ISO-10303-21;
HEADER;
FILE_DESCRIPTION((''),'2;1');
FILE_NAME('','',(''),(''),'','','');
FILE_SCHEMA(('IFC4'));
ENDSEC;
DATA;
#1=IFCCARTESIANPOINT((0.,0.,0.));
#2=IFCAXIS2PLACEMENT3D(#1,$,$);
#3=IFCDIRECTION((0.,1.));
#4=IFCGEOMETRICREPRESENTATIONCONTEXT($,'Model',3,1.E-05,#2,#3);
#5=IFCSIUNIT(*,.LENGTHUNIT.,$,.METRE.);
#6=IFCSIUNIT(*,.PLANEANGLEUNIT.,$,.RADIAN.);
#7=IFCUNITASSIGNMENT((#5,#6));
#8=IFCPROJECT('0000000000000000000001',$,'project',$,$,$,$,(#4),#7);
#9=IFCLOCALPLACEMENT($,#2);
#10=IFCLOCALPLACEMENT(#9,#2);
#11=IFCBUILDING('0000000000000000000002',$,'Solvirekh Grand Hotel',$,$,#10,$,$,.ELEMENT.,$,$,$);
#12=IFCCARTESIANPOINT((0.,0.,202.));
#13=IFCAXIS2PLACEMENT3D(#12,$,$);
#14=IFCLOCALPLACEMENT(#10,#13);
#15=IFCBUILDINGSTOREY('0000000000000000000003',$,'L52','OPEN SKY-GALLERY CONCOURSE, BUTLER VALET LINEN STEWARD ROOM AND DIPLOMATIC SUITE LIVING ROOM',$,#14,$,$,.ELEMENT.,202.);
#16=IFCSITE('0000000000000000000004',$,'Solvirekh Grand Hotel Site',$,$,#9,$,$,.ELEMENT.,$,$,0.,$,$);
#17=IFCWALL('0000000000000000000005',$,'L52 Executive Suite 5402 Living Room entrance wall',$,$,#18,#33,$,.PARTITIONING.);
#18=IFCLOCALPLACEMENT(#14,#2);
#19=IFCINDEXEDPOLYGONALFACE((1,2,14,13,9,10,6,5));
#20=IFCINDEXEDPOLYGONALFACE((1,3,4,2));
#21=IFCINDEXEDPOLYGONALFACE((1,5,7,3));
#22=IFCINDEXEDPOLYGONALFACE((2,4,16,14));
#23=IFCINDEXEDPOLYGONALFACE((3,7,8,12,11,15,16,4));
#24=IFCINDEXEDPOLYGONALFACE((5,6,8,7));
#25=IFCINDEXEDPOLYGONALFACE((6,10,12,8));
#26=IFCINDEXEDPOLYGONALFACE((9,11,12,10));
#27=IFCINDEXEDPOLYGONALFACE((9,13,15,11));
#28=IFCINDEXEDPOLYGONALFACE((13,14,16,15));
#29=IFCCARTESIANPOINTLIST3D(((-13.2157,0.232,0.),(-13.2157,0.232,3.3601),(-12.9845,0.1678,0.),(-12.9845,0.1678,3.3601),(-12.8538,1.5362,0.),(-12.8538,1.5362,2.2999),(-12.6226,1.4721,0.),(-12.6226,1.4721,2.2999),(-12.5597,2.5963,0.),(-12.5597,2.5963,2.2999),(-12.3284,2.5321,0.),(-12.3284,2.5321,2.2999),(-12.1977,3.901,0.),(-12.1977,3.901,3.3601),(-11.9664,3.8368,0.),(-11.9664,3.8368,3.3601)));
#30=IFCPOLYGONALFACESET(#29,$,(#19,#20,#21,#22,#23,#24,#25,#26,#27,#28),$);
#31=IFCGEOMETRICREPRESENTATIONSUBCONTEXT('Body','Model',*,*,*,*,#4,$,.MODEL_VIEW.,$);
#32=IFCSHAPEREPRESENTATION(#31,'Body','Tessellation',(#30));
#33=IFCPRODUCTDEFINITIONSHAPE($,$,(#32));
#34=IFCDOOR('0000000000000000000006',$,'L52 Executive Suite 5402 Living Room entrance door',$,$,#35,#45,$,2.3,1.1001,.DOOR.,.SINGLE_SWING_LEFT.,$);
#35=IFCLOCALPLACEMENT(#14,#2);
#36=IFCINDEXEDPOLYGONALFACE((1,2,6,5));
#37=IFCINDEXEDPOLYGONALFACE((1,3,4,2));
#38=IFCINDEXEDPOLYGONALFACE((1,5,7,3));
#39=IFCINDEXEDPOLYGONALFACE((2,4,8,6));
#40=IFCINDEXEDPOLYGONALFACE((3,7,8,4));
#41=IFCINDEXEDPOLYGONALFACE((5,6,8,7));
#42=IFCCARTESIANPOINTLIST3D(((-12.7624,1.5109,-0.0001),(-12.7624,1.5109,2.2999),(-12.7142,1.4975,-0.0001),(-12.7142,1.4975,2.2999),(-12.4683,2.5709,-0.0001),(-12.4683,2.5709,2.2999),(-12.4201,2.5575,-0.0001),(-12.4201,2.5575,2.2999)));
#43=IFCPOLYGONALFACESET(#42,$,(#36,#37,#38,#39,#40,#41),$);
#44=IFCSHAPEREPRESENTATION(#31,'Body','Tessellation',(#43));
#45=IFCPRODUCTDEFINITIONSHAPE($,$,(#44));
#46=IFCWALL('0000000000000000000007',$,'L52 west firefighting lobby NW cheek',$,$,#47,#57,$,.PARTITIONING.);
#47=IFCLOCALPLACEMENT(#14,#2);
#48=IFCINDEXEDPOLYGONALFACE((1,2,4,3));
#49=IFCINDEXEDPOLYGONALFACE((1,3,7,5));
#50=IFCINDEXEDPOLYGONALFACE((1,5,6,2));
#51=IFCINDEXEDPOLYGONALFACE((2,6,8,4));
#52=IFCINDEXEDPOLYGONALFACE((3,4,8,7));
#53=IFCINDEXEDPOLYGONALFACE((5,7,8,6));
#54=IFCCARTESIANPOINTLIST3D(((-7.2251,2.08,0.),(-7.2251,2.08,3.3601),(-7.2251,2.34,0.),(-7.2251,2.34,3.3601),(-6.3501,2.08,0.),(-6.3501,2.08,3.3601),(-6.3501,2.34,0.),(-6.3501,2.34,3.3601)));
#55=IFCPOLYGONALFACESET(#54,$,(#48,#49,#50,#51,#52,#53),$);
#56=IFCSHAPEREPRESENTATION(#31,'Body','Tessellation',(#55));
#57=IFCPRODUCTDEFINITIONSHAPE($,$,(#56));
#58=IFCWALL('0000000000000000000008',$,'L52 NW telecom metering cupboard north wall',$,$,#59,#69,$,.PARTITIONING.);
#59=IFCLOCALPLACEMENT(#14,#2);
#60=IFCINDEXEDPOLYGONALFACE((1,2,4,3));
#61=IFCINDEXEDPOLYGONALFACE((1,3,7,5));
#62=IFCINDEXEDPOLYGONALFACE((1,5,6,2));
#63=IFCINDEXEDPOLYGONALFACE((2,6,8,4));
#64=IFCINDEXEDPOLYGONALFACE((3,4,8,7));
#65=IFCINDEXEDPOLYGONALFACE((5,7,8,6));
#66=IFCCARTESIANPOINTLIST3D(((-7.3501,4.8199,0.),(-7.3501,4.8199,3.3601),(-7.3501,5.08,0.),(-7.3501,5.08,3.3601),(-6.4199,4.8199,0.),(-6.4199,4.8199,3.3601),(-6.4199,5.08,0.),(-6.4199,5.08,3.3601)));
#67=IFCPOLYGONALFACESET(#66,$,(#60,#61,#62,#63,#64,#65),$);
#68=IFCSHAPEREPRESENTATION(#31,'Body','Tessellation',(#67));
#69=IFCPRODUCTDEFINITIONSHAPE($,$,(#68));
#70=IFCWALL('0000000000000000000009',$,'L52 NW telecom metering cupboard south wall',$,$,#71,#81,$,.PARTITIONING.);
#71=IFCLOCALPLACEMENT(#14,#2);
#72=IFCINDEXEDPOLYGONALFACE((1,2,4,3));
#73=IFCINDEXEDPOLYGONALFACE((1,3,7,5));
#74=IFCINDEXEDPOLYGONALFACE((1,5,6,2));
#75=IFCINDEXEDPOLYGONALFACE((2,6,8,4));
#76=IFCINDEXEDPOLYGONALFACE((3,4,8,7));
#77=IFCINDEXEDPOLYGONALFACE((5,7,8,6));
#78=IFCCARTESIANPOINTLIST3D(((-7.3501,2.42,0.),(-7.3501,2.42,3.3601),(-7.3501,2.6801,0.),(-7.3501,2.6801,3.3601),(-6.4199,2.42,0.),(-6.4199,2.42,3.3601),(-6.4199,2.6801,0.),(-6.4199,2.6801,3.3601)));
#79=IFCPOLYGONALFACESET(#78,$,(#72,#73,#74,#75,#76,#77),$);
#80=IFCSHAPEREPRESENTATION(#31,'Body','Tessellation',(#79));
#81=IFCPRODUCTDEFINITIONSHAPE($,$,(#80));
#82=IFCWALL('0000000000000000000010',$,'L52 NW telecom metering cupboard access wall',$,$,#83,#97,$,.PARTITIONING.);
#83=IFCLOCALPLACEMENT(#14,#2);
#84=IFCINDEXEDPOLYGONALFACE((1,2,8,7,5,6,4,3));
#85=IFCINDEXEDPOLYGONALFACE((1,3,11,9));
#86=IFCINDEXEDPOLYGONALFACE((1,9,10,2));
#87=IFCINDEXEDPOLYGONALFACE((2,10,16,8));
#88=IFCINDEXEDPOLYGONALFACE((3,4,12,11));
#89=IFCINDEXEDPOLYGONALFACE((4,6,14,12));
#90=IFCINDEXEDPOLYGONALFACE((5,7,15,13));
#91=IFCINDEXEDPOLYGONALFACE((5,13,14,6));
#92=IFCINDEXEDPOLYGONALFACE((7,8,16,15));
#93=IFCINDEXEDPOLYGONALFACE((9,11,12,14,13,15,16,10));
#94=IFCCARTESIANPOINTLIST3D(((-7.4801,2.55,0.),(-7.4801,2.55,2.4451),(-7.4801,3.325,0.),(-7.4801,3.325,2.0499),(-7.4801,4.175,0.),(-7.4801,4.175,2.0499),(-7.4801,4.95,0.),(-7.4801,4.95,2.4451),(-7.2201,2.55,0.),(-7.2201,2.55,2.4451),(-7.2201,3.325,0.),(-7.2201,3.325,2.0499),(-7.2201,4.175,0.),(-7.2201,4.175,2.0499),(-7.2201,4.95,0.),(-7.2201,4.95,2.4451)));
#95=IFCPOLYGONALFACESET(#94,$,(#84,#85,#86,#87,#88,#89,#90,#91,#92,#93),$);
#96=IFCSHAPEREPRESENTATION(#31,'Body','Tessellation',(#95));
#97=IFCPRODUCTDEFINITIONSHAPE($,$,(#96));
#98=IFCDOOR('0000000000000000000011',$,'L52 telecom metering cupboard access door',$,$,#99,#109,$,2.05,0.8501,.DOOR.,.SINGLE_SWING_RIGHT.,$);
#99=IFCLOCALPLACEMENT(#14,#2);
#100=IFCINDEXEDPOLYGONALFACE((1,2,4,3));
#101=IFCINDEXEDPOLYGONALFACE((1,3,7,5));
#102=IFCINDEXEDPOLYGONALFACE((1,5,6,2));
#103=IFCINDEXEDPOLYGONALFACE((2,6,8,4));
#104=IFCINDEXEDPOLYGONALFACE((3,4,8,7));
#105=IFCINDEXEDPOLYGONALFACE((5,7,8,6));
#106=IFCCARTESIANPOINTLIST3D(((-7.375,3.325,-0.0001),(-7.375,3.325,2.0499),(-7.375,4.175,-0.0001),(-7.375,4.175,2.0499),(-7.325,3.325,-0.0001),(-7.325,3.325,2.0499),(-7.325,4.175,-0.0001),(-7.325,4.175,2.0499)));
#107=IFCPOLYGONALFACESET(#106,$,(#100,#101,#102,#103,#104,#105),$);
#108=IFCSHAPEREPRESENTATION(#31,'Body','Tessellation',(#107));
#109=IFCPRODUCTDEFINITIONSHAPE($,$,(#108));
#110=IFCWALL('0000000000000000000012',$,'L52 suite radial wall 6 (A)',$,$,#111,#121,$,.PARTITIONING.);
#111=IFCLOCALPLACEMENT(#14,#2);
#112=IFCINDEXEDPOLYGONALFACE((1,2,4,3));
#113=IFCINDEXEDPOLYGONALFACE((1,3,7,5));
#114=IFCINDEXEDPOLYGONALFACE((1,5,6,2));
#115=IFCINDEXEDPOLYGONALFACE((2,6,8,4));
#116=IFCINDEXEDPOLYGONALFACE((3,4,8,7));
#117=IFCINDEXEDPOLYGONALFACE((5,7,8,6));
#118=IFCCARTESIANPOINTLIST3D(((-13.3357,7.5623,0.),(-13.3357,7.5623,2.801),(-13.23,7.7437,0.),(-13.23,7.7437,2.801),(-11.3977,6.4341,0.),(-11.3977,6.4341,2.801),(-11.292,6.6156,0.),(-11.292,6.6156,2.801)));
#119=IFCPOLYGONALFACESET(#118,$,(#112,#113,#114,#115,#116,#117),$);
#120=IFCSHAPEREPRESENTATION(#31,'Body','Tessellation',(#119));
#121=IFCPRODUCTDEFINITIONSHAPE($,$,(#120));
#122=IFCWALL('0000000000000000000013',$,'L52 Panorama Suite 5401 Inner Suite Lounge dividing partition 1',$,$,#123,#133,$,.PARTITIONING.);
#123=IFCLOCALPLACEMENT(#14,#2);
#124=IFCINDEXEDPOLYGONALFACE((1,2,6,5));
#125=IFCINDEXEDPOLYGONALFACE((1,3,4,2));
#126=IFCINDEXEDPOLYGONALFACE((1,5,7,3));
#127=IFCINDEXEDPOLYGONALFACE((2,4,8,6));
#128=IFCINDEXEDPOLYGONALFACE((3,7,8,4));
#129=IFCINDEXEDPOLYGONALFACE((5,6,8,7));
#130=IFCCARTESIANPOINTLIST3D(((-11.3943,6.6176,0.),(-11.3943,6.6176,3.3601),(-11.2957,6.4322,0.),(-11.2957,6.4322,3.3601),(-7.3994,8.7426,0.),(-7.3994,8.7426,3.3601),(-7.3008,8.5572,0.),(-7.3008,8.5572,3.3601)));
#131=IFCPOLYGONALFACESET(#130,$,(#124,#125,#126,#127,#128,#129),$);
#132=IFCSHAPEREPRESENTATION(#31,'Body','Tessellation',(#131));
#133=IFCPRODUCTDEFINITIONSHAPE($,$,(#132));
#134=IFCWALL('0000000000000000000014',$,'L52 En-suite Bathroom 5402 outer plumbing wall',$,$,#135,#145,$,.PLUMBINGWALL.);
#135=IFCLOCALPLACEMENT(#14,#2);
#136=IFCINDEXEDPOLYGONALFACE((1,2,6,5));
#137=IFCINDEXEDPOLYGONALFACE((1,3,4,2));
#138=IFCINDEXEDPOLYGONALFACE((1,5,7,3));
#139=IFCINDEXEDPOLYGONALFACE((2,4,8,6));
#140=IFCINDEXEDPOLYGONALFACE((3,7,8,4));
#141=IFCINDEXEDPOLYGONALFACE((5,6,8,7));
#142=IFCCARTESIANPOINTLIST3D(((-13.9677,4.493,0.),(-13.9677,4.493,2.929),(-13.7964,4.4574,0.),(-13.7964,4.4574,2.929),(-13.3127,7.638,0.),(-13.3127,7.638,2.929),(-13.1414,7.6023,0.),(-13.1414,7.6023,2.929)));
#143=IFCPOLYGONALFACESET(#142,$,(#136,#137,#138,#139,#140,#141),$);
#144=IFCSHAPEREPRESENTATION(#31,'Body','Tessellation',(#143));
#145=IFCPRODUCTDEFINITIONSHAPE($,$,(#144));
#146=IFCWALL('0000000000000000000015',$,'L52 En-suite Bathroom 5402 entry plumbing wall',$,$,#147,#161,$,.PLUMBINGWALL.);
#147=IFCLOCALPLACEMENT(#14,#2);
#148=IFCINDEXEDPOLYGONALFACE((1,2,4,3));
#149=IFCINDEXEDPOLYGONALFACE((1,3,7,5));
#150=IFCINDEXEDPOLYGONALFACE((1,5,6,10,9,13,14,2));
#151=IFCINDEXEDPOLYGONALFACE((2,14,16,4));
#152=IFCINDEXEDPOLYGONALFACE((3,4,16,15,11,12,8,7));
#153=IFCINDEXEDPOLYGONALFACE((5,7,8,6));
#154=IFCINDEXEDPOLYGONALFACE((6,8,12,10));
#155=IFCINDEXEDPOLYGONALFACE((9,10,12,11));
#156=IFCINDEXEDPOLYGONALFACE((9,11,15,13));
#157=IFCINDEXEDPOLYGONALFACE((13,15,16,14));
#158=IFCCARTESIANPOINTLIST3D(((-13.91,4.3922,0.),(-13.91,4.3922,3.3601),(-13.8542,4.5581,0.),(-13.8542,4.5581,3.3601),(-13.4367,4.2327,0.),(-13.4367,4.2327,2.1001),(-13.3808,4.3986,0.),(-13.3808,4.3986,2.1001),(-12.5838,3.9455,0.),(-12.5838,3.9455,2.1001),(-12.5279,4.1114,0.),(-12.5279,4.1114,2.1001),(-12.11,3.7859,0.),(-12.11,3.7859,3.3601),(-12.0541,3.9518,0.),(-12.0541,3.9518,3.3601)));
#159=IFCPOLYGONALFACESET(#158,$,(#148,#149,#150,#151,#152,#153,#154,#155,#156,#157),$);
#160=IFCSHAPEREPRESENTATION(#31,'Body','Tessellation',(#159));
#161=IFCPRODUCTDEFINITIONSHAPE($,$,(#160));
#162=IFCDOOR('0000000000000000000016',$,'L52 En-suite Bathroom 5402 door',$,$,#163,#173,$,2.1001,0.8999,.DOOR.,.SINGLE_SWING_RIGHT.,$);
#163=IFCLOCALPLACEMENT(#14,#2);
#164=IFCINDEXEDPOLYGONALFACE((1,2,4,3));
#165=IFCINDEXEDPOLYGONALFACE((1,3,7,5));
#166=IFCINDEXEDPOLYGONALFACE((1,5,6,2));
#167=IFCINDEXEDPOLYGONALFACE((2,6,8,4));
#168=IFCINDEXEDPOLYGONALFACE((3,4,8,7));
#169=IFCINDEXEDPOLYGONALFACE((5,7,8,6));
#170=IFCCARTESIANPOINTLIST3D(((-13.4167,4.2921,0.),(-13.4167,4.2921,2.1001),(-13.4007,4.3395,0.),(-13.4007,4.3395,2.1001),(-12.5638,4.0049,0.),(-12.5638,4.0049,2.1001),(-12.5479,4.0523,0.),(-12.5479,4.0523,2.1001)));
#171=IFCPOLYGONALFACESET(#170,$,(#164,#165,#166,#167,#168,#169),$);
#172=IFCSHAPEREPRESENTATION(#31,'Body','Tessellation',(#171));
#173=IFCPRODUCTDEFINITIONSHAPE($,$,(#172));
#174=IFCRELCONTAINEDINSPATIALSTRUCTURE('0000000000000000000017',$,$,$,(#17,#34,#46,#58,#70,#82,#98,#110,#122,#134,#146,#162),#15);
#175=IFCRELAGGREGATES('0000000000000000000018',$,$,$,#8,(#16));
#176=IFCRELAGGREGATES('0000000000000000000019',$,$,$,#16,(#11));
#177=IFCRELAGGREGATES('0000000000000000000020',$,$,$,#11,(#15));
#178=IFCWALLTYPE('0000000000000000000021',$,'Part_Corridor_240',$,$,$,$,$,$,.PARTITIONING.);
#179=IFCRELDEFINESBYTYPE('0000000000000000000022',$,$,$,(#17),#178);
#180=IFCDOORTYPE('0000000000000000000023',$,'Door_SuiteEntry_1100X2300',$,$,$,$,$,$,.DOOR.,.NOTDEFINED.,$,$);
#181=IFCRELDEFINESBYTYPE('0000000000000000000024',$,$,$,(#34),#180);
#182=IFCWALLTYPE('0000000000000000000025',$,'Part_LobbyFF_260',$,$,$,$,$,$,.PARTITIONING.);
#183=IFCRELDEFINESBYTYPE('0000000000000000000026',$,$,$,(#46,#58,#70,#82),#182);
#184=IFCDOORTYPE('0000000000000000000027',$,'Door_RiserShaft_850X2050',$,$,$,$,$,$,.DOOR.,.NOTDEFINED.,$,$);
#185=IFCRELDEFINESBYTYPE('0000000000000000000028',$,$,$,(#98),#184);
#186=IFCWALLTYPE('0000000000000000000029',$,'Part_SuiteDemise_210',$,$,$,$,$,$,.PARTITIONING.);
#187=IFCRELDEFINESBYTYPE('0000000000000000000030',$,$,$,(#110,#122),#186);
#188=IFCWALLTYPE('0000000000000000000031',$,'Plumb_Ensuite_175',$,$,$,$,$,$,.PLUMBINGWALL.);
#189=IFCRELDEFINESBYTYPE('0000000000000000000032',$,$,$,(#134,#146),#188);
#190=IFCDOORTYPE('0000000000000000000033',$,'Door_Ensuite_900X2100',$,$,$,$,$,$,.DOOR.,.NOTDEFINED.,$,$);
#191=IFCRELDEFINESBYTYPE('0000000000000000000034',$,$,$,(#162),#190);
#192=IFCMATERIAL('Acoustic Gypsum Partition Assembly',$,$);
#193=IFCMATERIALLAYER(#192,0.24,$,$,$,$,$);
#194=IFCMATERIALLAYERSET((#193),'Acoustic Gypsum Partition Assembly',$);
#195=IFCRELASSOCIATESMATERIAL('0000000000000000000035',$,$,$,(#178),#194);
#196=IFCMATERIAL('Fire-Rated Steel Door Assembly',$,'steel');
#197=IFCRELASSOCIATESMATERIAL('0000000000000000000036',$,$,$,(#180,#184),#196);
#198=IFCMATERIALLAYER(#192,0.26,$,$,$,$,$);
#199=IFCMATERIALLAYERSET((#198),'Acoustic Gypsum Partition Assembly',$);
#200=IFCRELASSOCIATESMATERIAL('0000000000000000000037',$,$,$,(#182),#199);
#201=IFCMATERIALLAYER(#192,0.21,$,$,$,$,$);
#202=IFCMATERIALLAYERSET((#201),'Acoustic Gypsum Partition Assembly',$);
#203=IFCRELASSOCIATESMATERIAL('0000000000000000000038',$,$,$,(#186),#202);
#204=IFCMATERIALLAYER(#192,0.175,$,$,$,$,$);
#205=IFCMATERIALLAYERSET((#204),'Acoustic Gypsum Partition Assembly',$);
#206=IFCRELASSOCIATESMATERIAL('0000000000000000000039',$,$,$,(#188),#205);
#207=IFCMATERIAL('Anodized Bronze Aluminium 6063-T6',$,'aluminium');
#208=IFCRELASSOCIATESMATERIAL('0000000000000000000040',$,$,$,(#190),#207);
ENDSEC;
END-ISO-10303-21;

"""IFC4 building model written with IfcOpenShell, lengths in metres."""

from ifc_helpers import new_model, si_unit, direction, frame, frame_2d, origin, place, context, subcontext, project, spatial, rectangle, extrude, material, layer, layer_set, type_object, element, fill, save


model = new_model("IFC4")

# Units and contexts
model_context = context("Model", 3, precision=1e-05, world=origin(), true_north=direction((0.0, 1.0)))
body_context = subcontext(model_context, "Body", "Model", "MODEL_VIEW")
ifc_project = project(units=[si_unit("LENGTHUNIT", "METRE"), si_unit("PLANEANGLEUNIT", "RADIAN")], contexts=[model_context])

# Site, building, storey
site_placement = place(None, origin())
site = spatial("IfcSite", under=ifc_project, at=site_placement, Name="Solvirekh Grand Hotel Site", CompositionType="ELEMENT", RefElevation=0.0)
building_placement = place(site_placement, origin())
building = spatial("IfcBuilding", under=site, at=building_placement, Name="Solvirekh Grand Hotel", CompositionType="ELEMENT")
storey_placement = place(building_placement, frame((0.0, 0.0, 202.0)))
storey = spatial("IfcBuildingStorey", under=building, at=storey_placement, Name="L52", Description="OPEN SKY-GALLERY CONCOURSE, BUTLER VALET LINEN STEWARD ROOM AND DIPLOMATIC SUITE LIVING ROOM", CompositionType="ELEMENT", Elevation=202.0)

# Shared definitions
ifc_material_1 = material(Name="Anodized Bronze Aluminium 6063-T6", Category="aluminium")

# Shared definitions
ifc_material_2 = material(Name="Fire-Rated Steel Door Assembly", Category="steel")

# Shared definitions
ifc_material_3 = material(Name="Acoustic Gypsum Partition Assembly")
ifc_layer_1 = layer(ifc_material_3, 0.24)
ifc_layer_set_1 = layer_set([ifc_layer_1], Name="Acoustic Gypsum Partition Assembly")
wall_type_1 = type_object("IfcWallType", Name="Part_Corridor_240", PredefinedType="PARTITIONING", material=ifc_layer_set_1)

# Wall, opening, door
wall_1_placement = place(storey_placement, frame((-12.082, 3.8689, 0.0), z_axis=(0.0, 0.0, 1.0), x_axis=(-0.267379, -0.963591, 0.0)))
wall_1 = element("IfcWall", 1, at=wall_1_placement, inside=storey, type_object=wall_type_1, Name="L52 Executive Suite 5402 Living Room entrance wall", PredefinedType="PARTITIONING", context=body_context, shape_type="SweptSolid", body=[
    extrude(rectangle(XDim=3.8076, YDim=0.24, at=frame_2d((1.9038, 0.0))), origin(), (0.0, 0.0, 1.0), 3.3601),
])
opening_1_placement = place(wall_1_placement, frame((1.354, 0.0, 0.0)))
opening_1 = element("IfcOpeningElement", 2, at=opening_1_placement, cuts=wall_1, PredefinedType="OPENING", context=body_context, shape_type="SweptSolid", body=[
    extrude(rectangle(XDim=1.1001, YDim=2.3, at=frame_2d((0.55, 1.1499))), frame((0.0, 0.1299, 0.0), z_axis=(0.0, -1.0, 0.0), x_axis=(1.0, 0.0, 0.0)), (0.0, 0.0, 1.0), 0.26),
])
door_type_1 = type_object("IfcDoorType", Name="Door_SuiteEntry_1100X2300", OperationType="NOTDEFINED", PredefinedType="DOOR", material=ifc_material_2)
door_1_placement = place(opening_1_placement, origin())
door_1 = element("IfcDoor", 3, at=door_1_placement, inside=storey, type_object=door_type_1, Name="L52 Executive Suite 5402 Living Room entrance door", OperationType="SINGLE_SWING_LEFT", OverallHeight=2.3, OverallWidth=1.1001, PredefinedType="DOOR", context=body_context, shape_type="SweptSolid", body=[
    extrude(rectangle(XDim=1.1001, YDim=2.3, at=frame_2d((0.55, 1.1499))), frame((0.0, 0.0249, 0.0), z_axis=(0.0, -1.0, 0.0), x_axis=(1.0, 0.0, 0.0)), (0.0, 0.0, 1.0), 0.05),
])
fill(opening_1, door_1)

# Walls
ifc_layer_2 = layer(ifc_material_3, 0.26)
ifc_layer_set_2 = layer_set([ifc_layer_2], Name="Acoustic Gypsum Partition Assembly")
wall_type_2 = type_object("IfcWallType", Name="Part_LobbyFF_260", PredefinedType="PARTITIONING", material=ifc_layer_set_2)
wall_2_placement = place(storey_placement, frame((-7.2251, 2.21, 0.0), z_axis=(0.0, 0.0, 1.0), x_axis=(1.0, 0.0, 0.0)))
element("IfcWall", 4, at=wall_2_placement, inside=storey, type_object=wall_type_2, Name="L52 west firefighting lobby NW cheek", PredefinedType="PARTITIONING", context=body_context, shape_type="SweptSolid", body=[
    extrude(rectangle(XDim=0.875, YDim=0.26, at=frame_2d((0.4375, 0.0))), origin(), (0.0, 0.0, 1.0), 3.3601),
])
for number, where, z_axis, x_axis, name in (
    (5, (-7.3501, 4.95, 0.0), (0.0, 0.0, 1.0), (1.0, 0.0, 0.0), "L52 NW telecom metering cupboard north wall"),
    (6, (-7.3501, 2.55, 0.0), (0.0, 0.0, 1.0), (1.0, 0.0, 0.0), "L52 NW telecom metering cupboard south wall"),
):
    element("IfcWall", number, at=place(storey_placement, frame(where, z_axis=z_axis, x_axis=x_axis)), inside=storey, type_object=wall_type_2, Name=name, PredefinedType="PARTITIONING", context=body_context, shape_type="SweptSolid", body=[
        extrude(rectangle(XDim=0.9302, YDim=0.26, at=frame_2d((0.4651, 0.0))), origin(), (0.0, 0.0, 1.0), 3.3601),
    ])

# Wall, opening, door
wall_3_placement = place(storey_placement, frame((-7.3501, 2.55, 0.0), z_axis=(0.0, 0.0, 1.0), x_axis=(0.0, 1.0, 0.0)))
wall_3 = element("IfcWall", 7, at=wall_3_placement, inside=storey, type_object=wall_type_2, Name="L52 NW telecom metering cupboard access wall", PredefinedType="PARTITIONING", context=body_context, shape_type="SweptSolid", body=[
    extrude(rectangle(XDim=2.3999, YDim=0.26, at=frame_2d((1.2, 0.0))), origin(), (0.0, 0.0, 1.0), 2.4451),
])
opening_2_placement = place(wall_3_placement, frame((0.7749, 0.0, 0.0)))
opening_2 = element("IfcOpeningElement", 8, at=opening_2_placement, cuts=wall_3, PredefinedType="OPENING", context=body_context, shape_type="SweptSolid", body=[
    extrude(rectangle(XDim=0.8501, YDim=2.05, at=frame_2d((0.425, 1.0249))), frame((0.0, 0.1401, 0.0), z_axis=(0.0, -1.0, 0.0), x_axis=(1.0, 0.0, 0.0)), (0.0, 0.0, 1.0), 0.28),
])
door_type_2 = type_object("IfcDoorType", Name="Door_RiserShaft_850X2050", OperationType="NOTDEFINED", PredefinedType="DOOR", material=ifc_material_2)
door_2_placement = place(opening_2_placement, origin())
door_2 = element("IfcDoor", 9, at=door_2_placement, inside=storey, type_object=door_type_2, Name="L52 telecom metering cupboard access door", OperationType="SINGLE_SWING_RIGHT", OverallHeight=2.05, OverallWidth=0.8501, PredefinedType="DOOR", context=body_context, shape_type="SweptSolid", body=[
    extrude(rectangle(XDim=0.8501, YDim=2.05, at=frame_2d((0.425, 1.0249))), frame((0.0, 0.0249, 0.0), z_axis=(0.0, -1.0, 0.0), x_axis=(1.0, 0.0, 0.0)), (0.0, 0.0, 1.0), 0.05),
])
fill(opening_2, door_2)

# Walls
ifc_layer_3 = layer(ifc_material_3, 0.21)
ifc_layer_set_3 = layer_set([ifc_layer_3], Name="Acoustic Gypsum Partition Assembly")
wall_type_3 = type_object("IfcWallType", Name="Part_SuiteDemise_210", PredefinedType="PARTITIONING", material=ifc_layer_set_3)
wall_4_placement = place(storey_placement, frame((-11.345, 6.5249, 0.0), z_axis=(0.0, 0.0, 1.0), x_axis=(-0.864229, 0.503099, 0.0)))
element("IfcWall", 10, at=wall_4_placement, inside=storey, type_object=wall_type_3, Name="L52 suite radial wall 6 (A)", PredefinedType="PARTITIONING", context=body_context, shape_type="SweptSolid", body=[
    extrude(rectangle(XDim=2.2424, YDim=0.21, at=frame_2d((1.1211, 0.0))), origin(), (0.0, 0.0, 1.0), 2.801),
])
wall_5_placement = place(storey_placement, frame((-11.345, 6.5249, 0.0), z_axis=(0.0, 0.0, 1.0), x_axis=(0.882866, 0.469625, 0.0)))
element("IfcWall", 11, at=wall_5_placement, inside=storey, type_object=wall_type_3, Name="L52 Panorama Suite 5401 Inner Suite Lounge dividing partition 1", PredefinedType="PARTITIONING", context=body_context, shape_type="SweptSolid", body=[
    extrude(rectangle(XDim=4.5249, YDim=0.21, at=frame_2d((2.2625, 0.0))), origin(), (0.0, 0.0, 1.0), 3.3601),
])
ifc_layer_4 = layer(ifc_material_3, 0.175)
ifc_layer_set_4 = layer_set([ifc_layer_4], Name="Acoustic Gypsum Partition Assembly")
wall_type_4 = type_object("IfcWallType", Name="Plumb_Ensuite_175", PredefinedType="PLUMBINGWALL", material=ifc_layer_set_4)
wall_6_placement = place(storey_placement, frame((-13.2271, 7.6201, 0.0), z_axis=(0.0, 0.0, 1.0), x_axis=(-0.2039, -0.978992, 0.0)))
element("IfcWall", 12, at=wall_6_placement, inside=storey, type_object=wall_type_4, Name="L52 En-suite Bathroom 5402 outer plumbing wall", PredefinedType="PLUMBINGWALL", context=body_context, shape_type="SweptSolid", body=[
    extrude(rectangle(XDim=3.2124, YDim=0.175, at=frame_2d((1.6062, 0.0))), origin(), (0.0, 0.0, 1.0), 2.929),
])

# Wall, opening, door
wall_7_placement = place(storey_placement, frame((-12.082, 3.8689, 0.0), z_axis=(0.0, 0.0, 1.0), x_axis=(-0.947702, 0.319157, 0.0)))
wall_7 = element("IfcWall", 13, at=wall_7_placement, inside=storey, type_object=wall_type_4, Name="L52 En-suite Bathroom 5402 entry plumbing wall", PredefinedType="PLUMBINGWALL", context=body_context, shape_type="SweptSolid", body=[
    extrude(rectangle(XDim=1.8994, YDim=0.175, at=frame_2d((0.9497, 0.0))), origin(), (0.0, 0.0, 1.0), 3.3601),
])
opening_3_placement = place(wall_7_placement, frame((0.5, 0.0, 0.0)))
opening_3 = element("IfcOpeningElement", 14, at=opening_3_placement, cuts=wall_7, PredefinedType="OPENING", context=body_context, shape_type="SweptSolid", body=[
    extrude(rectangle(XDim=0.8999, YDim=2.1001, at=frame_2d((0.45, 1.05))), frame((0.0, 0.0977, 0.0), z_axis=(0.0, -1.0, 0.0), x_axis=(1.0, 0.0, 0.0)), (0.0, 0.0, 1.0), 0.1951),
])
door_type_3 = type_object("IfcDoorType", Name="Door_Ensuite_900X2100", OperationType="NOTDEFINED", PredefinedType="DOOR", material=ifc_material_1)
door_3_placement = place(opening_3_placement, origin())
door_3 = element("IfcDoor", 15, at=door_3_placement, inside=storey, type_object=door_type_3, Name="L52 En-suite Bathroom 5402 door", OperationType="SINGLE_SWING_RIGHT", OverallHeight=2.1001, OverallWidth=0.8999, PredefinedType="DOOR", context=body_context, shape_type="SweptSolid", body=[
    extrude(rectangle(XDim=0.8999, YDim=2.1001, at=frame_2d((0.45, 1.05))), frame((0.0, 0.0249, 0.0), z_axis=(0.0, -1.0, 0.0), x_axis=(1.0, 0.0, 0.0)), (0.0, 0.0, 1.0), 0.05),
])
fill(opening_3, door_3)

save(model, "model.ifc")
